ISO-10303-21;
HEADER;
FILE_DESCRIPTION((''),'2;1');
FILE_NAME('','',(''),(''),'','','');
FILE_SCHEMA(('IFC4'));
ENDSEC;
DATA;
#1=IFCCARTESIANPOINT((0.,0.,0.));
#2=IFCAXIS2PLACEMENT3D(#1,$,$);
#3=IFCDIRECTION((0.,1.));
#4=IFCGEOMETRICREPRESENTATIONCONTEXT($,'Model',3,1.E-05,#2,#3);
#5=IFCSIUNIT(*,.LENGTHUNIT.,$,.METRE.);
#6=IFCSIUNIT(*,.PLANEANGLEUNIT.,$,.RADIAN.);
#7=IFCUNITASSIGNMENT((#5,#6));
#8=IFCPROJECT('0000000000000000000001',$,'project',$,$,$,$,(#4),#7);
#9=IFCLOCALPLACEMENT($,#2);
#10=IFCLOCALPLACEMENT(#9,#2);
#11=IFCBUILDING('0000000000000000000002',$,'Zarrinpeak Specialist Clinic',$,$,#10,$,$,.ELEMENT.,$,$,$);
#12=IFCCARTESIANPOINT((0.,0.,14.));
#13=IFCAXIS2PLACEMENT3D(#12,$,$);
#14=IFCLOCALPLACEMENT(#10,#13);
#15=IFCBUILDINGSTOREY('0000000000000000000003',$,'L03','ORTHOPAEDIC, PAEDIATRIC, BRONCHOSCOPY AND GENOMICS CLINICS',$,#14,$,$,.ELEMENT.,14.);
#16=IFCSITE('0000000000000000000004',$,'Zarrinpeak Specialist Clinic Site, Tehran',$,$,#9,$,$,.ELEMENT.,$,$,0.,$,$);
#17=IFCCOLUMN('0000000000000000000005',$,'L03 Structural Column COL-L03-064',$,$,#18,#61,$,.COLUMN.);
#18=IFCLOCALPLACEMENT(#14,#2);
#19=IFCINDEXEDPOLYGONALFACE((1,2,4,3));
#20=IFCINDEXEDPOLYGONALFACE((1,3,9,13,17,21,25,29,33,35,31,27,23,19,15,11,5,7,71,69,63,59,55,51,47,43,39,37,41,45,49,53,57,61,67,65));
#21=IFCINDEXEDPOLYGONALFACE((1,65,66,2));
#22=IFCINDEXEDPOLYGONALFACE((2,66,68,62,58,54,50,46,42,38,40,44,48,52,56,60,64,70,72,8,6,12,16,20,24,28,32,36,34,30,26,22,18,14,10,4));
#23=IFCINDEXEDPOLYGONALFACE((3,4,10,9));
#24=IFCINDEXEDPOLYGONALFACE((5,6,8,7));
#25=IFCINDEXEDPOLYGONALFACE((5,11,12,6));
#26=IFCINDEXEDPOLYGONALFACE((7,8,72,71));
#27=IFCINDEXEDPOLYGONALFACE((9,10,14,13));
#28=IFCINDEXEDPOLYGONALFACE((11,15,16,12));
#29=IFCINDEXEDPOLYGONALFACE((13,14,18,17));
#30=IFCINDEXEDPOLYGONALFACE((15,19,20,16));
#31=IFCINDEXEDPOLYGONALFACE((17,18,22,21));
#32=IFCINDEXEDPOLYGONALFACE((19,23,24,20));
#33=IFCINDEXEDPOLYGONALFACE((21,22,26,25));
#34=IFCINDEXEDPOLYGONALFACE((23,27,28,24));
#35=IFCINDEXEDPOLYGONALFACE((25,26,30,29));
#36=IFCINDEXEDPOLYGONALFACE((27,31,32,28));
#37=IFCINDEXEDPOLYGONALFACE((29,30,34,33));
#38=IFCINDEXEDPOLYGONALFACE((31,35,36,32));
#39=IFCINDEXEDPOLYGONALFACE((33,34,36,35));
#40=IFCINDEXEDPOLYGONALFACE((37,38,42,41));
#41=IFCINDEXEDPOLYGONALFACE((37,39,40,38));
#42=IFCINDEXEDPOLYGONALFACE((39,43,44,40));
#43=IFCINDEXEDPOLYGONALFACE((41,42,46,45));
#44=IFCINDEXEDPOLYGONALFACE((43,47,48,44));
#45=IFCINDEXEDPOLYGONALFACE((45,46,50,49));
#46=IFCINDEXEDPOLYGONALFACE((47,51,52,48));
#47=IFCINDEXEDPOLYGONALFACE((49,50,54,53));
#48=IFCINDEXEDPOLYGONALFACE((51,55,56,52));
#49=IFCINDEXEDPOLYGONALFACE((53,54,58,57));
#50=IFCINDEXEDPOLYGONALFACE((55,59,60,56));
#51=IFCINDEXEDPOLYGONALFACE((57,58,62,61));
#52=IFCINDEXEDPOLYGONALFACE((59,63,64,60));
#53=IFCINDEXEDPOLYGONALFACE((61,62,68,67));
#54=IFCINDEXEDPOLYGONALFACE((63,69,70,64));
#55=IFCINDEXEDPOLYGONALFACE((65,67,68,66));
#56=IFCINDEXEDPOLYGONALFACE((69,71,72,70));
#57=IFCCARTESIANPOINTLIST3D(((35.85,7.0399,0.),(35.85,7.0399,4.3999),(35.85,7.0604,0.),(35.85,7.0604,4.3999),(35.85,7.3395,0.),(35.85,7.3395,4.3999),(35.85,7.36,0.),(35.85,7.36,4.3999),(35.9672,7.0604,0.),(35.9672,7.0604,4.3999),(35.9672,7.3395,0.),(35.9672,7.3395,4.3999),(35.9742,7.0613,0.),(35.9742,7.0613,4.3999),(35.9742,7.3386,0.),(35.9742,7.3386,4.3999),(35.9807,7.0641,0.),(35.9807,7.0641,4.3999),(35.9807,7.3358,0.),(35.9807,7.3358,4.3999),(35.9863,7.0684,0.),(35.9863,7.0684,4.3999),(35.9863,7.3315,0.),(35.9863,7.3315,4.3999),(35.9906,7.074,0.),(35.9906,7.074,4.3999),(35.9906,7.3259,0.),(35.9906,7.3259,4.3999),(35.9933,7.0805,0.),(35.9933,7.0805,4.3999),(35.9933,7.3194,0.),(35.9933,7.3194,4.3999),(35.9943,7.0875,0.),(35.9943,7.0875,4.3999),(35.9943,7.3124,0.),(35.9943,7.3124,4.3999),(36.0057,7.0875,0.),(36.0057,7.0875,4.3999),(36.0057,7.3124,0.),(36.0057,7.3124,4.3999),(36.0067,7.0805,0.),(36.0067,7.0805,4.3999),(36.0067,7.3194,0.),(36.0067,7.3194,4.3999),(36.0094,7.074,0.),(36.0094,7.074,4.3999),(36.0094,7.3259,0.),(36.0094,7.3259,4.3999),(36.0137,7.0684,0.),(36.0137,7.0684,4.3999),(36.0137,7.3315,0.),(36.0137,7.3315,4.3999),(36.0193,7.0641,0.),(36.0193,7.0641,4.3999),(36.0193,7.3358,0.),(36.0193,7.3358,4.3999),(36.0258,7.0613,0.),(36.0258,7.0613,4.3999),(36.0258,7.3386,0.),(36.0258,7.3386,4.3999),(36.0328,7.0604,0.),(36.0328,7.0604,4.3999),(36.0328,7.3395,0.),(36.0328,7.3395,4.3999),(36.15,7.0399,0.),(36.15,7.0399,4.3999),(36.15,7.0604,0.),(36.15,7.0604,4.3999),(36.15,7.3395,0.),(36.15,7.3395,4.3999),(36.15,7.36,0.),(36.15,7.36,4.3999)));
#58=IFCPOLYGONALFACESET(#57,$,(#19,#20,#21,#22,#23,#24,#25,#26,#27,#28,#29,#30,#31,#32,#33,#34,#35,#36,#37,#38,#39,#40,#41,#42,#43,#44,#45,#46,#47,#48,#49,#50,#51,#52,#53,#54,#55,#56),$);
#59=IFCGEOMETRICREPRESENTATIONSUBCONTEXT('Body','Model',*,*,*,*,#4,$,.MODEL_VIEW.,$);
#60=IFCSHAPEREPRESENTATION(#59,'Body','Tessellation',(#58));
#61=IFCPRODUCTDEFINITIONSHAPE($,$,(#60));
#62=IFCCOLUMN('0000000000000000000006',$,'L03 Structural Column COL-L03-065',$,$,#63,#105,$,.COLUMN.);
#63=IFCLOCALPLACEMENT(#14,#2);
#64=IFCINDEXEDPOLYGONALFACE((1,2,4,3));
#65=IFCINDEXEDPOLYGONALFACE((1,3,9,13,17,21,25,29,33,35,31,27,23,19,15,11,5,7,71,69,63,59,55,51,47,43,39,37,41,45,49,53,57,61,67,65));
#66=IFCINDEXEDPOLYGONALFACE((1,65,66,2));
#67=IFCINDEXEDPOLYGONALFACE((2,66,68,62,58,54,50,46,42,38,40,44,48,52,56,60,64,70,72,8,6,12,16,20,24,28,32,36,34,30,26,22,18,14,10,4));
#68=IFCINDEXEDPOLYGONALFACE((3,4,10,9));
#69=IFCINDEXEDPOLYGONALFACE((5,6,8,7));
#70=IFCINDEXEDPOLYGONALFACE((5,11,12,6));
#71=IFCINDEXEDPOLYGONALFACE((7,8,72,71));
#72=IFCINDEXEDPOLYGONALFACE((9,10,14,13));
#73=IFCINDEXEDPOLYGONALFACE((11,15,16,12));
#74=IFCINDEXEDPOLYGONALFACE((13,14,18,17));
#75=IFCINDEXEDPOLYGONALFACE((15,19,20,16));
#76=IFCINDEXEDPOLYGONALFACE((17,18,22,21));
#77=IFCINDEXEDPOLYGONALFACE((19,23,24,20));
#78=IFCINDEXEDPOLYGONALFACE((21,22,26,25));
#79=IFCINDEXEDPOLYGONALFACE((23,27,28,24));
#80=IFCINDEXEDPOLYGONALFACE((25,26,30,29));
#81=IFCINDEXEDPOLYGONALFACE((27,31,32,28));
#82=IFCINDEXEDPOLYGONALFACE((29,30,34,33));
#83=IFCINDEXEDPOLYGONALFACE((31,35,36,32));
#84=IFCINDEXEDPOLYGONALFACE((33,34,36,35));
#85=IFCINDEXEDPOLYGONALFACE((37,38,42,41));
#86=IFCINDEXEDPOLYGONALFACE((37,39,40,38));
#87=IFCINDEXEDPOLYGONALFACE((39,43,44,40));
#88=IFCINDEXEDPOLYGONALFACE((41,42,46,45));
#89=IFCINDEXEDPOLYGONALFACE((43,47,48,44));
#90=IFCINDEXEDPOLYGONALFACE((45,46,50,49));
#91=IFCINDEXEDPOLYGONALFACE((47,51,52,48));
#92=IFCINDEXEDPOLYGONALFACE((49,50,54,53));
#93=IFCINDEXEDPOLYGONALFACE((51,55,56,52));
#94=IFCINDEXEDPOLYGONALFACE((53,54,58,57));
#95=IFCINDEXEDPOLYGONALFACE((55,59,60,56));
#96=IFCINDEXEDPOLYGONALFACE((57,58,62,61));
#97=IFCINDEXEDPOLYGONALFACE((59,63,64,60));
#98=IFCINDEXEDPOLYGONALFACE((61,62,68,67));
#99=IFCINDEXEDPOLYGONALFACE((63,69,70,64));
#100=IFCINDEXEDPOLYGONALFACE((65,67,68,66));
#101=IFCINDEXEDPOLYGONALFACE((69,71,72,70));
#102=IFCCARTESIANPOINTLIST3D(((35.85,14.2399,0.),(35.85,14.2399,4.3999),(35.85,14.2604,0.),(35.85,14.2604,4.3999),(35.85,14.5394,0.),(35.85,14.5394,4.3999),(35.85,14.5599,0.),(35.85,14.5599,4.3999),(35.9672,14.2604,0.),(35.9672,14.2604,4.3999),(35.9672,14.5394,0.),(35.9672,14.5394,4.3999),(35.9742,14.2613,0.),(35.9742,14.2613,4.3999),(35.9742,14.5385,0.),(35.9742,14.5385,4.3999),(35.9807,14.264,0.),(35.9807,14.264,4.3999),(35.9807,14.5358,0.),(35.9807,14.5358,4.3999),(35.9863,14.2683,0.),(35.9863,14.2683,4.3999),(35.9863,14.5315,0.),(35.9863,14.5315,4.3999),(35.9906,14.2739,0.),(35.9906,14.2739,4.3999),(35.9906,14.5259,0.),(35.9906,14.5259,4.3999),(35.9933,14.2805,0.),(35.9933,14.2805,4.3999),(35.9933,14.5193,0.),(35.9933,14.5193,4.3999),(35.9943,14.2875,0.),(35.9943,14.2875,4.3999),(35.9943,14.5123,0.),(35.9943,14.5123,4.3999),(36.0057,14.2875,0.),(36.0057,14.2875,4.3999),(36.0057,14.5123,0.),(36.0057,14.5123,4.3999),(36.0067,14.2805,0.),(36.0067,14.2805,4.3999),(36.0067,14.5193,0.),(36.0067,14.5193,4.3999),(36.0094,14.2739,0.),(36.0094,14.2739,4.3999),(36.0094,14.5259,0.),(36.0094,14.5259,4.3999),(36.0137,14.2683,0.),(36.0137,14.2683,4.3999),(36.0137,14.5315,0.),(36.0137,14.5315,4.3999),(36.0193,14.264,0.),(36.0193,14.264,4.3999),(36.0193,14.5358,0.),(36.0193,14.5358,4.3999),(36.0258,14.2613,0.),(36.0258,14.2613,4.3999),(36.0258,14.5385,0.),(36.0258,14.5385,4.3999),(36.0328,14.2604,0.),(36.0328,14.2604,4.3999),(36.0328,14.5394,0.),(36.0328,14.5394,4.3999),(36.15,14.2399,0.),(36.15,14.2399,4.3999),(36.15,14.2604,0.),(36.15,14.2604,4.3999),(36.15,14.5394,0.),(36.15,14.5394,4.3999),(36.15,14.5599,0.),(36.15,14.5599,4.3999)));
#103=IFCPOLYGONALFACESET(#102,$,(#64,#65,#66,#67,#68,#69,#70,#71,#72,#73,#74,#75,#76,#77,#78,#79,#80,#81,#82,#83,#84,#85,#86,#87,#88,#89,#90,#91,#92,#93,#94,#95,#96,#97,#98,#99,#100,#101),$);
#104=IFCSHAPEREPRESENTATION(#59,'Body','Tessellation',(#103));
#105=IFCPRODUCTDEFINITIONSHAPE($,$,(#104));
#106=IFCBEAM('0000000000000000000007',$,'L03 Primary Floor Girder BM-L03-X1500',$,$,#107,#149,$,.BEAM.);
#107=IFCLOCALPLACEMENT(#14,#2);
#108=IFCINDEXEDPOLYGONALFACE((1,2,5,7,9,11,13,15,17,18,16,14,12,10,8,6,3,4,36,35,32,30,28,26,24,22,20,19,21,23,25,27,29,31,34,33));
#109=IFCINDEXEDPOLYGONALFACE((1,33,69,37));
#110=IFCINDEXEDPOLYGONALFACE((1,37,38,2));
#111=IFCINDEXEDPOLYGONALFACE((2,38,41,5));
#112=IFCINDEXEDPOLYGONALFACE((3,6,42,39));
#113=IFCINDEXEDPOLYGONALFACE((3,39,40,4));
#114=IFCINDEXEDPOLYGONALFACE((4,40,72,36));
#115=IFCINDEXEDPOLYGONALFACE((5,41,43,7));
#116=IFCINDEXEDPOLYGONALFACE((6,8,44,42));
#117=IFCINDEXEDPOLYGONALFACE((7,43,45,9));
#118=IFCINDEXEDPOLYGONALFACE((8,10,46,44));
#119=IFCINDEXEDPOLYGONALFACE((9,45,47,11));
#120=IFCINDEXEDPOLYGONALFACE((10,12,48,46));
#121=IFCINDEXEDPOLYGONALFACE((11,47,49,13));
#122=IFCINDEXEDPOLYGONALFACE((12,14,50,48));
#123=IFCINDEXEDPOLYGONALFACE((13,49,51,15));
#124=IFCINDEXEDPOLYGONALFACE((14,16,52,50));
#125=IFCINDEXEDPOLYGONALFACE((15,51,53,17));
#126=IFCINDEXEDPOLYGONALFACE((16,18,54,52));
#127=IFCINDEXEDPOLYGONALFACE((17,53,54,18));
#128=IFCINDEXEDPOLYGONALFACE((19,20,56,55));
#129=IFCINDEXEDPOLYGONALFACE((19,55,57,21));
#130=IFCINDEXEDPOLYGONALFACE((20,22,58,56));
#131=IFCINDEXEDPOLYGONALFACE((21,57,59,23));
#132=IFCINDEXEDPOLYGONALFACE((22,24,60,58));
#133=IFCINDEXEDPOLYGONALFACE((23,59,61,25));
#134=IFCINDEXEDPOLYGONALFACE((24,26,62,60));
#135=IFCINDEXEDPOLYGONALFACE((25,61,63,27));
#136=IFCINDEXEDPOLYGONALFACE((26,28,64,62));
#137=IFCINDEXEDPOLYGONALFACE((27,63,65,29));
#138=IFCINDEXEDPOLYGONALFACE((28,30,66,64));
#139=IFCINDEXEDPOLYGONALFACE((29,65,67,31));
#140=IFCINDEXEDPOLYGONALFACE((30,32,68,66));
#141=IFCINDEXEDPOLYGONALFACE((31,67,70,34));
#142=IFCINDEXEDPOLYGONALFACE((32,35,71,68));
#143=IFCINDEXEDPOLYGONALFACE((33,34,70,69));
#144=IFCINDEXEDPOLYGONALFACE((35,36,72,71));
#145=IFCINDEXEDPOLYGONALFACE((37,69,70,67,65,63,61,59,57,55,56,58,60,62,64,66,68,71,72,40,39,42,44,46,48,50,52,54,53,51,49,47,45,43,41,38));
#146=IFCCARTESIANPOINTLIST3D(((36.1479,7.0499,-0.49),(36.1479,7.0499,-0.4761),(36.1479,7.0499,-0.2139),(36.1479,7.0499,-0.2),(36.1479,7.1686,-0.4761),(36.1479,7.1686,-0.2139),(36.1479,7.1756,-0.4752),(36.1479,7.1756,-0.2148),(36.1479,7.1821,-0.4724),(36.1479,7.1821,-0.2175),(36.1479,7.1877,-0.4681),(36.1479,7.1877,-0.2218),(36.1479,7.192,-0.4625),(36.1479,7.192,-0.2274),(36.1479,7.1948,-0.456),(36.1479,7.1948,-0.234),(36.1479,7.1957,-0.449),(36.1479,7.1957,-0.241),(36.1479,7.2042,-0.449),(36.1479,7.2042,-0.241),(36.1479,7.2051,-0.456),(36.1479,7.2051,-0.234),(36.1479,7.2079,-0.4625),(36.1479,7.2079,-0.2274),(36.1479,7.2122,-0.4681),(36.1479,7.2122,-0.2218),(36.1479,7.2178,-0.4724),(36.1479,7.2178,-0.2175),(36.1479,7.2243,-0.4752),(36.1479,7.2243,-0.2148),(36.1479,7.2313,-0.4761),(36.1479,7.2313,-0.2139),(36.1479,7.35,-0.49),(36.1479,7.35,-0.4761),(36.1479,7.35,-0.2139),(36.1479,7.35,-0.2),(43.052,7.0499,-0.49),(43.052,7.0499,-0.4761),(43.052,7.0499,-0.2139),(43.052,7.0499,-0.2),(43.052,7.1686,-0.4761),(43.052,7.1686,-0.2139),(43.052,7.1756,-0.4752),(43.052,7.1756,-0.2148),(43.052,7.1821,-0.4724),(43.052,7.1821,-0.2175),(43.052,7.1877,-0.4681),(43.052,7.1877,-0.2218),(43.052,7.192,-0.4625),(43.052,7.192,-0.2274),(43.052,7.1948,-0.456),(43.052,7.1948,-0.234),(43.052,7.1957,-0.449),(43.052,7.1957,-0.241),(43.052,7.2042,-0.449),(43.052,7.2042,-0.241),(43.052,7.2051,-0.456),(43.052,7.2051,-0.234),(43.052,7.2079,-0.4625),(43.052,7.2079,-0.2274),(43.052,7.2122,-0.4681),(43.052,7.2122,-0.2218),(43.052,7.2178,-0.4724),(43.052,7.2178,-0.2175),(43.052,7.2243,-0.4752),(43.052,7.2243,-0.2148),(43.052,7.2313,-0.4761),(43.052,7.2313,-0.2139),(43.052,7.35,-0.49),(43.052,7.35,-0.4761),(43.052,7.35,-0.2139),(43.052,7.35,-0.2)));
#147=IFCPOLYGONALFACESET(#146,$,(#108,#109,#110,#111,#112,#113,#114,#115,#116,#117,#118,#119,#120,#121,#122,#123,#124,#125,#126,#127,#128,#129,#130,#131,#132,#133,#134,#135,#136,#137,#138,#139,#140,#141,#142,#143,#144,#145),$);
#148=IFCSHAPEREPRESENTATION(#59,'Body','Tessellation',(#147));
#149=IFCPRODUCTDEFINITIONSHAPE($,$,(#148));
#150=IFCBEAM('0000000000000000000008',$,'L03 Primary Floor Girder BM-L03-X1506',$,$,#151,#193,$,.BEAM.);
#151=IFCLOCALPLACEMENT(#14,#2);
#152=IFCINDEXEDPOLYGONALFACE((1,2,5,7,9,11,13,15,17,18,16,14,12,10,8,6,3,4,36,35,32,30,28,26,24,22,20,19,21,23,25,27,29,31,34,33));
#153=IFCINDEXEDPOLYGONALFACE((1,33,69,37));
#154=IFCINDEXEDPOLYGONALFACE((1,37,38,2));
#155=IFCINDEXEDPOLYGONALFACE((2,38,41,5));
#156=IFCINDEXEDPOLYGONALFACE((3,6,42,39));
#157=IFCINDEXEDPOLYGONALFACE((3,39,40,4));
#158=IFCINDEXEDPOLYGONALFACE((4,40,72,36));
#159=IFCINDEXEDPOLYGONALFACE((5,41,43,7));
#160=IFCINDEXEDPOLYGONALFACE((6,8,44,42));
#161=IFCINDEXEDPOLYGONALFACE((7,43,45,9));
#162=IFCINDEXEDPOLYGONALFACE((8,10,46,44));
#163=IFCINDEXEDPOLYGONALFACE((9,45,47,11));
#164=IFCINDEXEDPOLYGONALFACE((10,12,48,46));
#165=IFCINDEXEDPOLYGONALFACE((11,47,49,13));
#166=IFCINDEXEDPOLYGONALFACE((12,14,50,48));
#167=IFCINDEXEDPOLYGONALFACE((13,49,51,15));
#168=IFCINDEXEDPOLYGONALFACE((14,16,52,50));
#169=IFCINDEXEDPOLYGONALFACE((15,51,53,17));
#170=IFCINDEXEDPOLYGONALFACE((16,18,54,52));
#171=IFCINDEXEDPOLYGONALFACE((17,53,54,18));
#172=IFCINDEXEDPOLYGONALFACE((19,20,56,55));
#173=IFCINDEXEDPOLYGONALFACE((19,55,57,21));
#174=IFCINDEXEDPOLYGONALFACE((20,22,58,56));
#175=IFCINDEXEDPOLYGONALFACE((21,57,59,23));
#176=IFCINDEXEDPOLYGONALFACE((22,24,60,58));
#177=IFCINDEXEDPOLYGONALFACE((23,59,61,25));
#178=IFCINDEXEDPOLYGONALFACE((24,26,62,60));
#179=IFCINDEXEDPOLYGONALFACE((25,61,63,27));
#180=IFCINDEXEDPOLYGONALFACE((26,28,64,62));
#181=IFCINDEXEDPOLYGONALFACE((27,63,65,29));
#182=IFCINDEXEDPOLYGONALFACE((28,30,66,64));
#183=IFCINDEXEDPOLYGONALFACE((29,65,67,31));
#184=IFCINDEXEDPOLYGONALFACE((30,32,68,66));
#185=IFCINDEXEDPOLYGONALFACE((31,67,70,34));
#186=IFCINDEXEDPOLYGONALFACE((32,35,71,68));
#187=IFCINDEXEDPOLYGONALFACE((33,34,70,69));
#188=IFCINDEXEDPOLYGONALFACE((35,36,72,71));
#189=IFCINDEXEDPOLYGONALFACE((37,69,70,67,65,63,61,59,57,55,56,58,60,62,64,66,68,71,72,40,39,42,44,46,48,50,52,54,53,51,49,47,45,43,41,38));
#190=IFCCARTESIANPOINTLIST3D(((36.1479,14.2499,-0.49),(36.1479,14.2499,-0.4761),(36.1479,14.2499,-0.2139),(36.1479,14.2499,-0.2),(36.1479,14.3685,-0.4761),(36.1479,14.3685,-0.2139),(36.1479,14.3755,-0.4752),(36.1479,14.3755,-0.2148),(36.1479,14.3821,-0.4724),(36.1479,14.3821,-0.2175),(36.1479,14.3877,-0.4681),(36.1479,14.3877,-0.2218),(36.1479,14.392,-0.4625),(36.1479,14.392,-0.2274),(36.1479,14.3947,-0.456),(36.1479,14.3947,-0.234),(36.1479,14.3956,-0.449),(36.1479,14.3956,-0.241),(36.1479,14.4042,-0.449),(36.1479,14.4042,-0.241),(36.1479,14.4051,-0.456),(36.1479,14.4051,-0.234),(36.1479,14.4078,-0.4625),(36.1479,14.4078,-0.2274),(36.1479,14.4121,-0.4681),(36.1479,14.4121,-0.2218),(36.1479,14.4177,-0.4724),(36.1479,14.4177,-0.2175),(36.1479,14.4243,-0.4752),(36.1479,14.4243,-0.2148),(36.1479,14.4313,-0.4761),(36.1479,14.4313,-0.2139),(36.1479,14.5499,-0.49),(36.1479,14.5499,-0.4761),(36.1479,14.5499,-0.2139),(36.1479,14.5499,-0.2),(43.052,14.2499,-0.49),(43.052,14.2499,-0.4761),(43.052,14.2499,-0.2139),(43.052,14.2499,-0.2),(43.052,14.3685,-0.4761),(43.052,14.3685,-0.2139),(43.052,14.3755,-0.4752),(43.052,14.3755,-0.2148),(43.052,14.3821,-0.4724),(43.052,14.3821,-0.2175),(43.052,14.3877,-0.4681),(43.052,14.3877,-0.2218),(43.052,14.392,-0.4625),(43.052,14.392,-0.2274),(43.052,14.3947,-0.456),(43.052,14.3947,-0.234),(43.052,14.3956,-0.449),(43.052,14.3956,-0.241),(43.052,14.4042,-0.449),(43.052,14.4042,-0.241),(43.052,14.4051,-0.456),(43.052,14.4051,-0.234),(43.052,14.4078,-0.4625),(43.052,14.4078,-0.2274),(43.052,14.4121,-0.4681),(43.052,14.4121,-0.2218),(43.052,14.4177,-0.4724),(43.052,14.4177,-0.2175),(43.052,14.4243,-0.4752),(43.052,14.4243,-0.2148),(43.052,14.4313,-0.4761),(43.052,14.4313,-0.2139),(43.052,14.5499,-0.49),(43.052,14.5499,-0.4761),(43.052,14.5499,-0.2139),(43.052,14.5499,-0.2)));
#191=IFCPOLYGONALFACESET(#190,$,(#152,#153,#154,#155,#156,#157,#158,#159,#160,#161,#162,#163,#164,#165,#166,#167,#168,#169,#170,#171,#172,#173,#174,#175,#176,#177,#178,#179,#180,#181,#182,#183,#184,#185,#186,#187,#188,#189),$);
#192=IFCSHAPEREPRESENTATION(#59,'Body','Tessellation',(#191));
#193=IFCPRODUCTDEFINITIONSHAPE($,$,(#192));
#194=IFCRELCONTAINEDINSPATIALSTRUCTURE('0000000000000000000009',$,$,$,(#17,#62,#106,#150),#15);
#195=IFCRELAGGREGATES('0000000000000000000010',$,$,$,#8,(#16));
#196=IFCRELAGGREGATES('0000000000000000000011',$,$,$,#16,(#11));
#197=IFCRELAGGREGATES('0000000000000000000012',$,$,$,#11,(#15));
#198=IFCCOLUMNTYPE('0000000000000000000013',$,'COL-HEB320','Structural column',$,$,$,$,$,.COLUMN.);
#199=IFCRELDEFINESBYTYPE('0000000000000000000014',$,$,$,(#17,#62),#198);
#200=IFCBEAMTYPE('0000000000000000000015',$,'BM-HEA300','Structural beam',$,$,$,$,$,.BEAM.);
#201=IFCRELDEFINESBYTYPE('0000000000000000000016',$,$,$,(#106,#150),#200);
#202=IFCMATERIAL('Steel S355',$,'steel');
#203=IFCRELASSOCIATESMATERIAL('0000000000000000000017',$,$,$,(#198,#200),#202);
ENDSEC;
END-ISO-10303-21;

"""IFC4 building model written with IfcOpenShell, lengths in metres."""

from ifc_helpers import new_model, si_unit, direction, frame, origin, origin_2d, place, context, subcontext, project, spatial, i_section, extrude, material, material_profile, profile_set, type_object, element, save


model = new_model("IFC4")

# Units and contexts
model_context = context("Model", 3, precision=1e-05, world=origin(), true_north=direction((0.0, 1.0)))
body_context = subcontext(model_context, "Body", "Model", "MODEL_VIEW")
ifc_project = project(units=[si_unit("LENGTHUNIT", "METRE"), si_unit("PLANEANGLEUNIT", "RADIAN")], contexts=[model_context])

# Site, building, storey
site_placement = place(None, origin())
site = spatial("IfcSite", under=ifc_project, at=site_placement, Name="Zarrinpeak Specialist Clinic Site, Tehran", CompositionType="ELEMENT", RefElevation=0.0)
building_placement = place(site_placement, origin())
building = spatial("IfcBuilding", under=site, at=building_placement, Name="Zarrinpeak Specialist Clinic", CompositionType="ELEMENT")
storey_placement = place(building_placement, frame((0.0, 0.0, 14.0)))
storey = spatial("IfcBuildingStorey", under=building, at=storey_placement, Name="L03", Description="ORTHOPAEDIC, PAEDIATRIC, BRONCHOSCOPY AND GENOMICS CLINICS", CompositionType="ELEMENT", Elevation=14.0)

# Columns
ifc_material_1 = material(Name="Steel S355", Category="steel")
ifc_material_profile_1 = material_profile(ifc_material_1, i_section(OverallWidth=0.3, OverallDepth=0.3201, WebThickness=0.0115, FlangeThickness=0.0205, FilletRadius=0.0271, at=origin_2d()), Name="HEB 320")
ifc_profile_set_1 = profile_set([ifc_material_profile_1], Name="Steel S355")
column_type = type_object("IfcColumnType", Name="COL-HEB320", Description="Structural column", PredefinedType="COLUMN", material=ifc_profile_set_1)
for number, where, z_axis, x_axis, name in (
    (1, (36.0, 7.2, 0.0), (0.0, 0.0, 1.0), (1.0, 0.0, 0.0), "L03 Structural Column COL-L03-064"),
    (2, (36.0, 14.3999, 0.0), (0.0, 0.0, 1.0), (1.0, 0.0, 0.0), "L03 Structural Column COL-L03-065"),
):
    element("IfcColumn", number, at=place(storey_placement, frame(where, z_axis=z_axis, x_axis=x_axis)), inside=storey, type_object=column_type, Name=name, PredefinedType="COLUMN", context=body_context, shape_type="SweptSolid", body=[
        extrude(i_section(OverallWidth=0.3, OverallDepth=0.3201, WebThickness=0.0115, FlangeThickness=0.0205, FilletRadius=0.0271, at=origin_2d()), origin(), (0.0, 0.0, 1.0), 4.3999),
    ])

# Beams
ifc_material_profile_2 = material_profile(ifc_material_1, i_section(OverallWidth=0.3, OverallDepth=0.29, WebThickness=0.0085, FlangeThickness=0.0139, FilletRadius=0.0271, at=origin_2d()), Name="HEA 300")
ifc_profile_set_2 = profile_set([ifc_material_profile_2], Name="Steel S355")
beam_type_1 = type_object("IfcBeamType", Name="BM-HEA300", Description="Structural beam", PredefinedType="BEAM", material=ifc_profile_set_2)
for number, where, z_axis, x_axis, name in (
    (3, (36.1479, 7.2, -0.345), (1.0, 0.0, 0.0), (0.0, 1.0, 0.0), "L03 Primary Floor Girder BM-L03-X1500"),
    (4, (36.1479, 14.3999, -0.345), (1.0, 0.0, 0.0), (0.0, 1.0, 0.0), "L03 Primary Floor Girder BM-L03-X1506"),
):
    element("IfcBeam", number, at=place(storey_placement, frame(where, z_axis=z_axis, x_axis=x_axis)), inside=storey, type_object=beam_type_1, Name=name, PredefinedType="BEAM", context=body_context, shape_type="SweptSolid", body=[
        extrude(i_section(OverallWidth=0.3, OverallDepth=0.29, WebThickness=0.0085, FlangeThickness=0.0139, FilletRadius=0.0271, at=origin_2d()), origin(), (0.0, 0.0, 1.0), 6.9041),
    ])

save(model, "model.ifc")
